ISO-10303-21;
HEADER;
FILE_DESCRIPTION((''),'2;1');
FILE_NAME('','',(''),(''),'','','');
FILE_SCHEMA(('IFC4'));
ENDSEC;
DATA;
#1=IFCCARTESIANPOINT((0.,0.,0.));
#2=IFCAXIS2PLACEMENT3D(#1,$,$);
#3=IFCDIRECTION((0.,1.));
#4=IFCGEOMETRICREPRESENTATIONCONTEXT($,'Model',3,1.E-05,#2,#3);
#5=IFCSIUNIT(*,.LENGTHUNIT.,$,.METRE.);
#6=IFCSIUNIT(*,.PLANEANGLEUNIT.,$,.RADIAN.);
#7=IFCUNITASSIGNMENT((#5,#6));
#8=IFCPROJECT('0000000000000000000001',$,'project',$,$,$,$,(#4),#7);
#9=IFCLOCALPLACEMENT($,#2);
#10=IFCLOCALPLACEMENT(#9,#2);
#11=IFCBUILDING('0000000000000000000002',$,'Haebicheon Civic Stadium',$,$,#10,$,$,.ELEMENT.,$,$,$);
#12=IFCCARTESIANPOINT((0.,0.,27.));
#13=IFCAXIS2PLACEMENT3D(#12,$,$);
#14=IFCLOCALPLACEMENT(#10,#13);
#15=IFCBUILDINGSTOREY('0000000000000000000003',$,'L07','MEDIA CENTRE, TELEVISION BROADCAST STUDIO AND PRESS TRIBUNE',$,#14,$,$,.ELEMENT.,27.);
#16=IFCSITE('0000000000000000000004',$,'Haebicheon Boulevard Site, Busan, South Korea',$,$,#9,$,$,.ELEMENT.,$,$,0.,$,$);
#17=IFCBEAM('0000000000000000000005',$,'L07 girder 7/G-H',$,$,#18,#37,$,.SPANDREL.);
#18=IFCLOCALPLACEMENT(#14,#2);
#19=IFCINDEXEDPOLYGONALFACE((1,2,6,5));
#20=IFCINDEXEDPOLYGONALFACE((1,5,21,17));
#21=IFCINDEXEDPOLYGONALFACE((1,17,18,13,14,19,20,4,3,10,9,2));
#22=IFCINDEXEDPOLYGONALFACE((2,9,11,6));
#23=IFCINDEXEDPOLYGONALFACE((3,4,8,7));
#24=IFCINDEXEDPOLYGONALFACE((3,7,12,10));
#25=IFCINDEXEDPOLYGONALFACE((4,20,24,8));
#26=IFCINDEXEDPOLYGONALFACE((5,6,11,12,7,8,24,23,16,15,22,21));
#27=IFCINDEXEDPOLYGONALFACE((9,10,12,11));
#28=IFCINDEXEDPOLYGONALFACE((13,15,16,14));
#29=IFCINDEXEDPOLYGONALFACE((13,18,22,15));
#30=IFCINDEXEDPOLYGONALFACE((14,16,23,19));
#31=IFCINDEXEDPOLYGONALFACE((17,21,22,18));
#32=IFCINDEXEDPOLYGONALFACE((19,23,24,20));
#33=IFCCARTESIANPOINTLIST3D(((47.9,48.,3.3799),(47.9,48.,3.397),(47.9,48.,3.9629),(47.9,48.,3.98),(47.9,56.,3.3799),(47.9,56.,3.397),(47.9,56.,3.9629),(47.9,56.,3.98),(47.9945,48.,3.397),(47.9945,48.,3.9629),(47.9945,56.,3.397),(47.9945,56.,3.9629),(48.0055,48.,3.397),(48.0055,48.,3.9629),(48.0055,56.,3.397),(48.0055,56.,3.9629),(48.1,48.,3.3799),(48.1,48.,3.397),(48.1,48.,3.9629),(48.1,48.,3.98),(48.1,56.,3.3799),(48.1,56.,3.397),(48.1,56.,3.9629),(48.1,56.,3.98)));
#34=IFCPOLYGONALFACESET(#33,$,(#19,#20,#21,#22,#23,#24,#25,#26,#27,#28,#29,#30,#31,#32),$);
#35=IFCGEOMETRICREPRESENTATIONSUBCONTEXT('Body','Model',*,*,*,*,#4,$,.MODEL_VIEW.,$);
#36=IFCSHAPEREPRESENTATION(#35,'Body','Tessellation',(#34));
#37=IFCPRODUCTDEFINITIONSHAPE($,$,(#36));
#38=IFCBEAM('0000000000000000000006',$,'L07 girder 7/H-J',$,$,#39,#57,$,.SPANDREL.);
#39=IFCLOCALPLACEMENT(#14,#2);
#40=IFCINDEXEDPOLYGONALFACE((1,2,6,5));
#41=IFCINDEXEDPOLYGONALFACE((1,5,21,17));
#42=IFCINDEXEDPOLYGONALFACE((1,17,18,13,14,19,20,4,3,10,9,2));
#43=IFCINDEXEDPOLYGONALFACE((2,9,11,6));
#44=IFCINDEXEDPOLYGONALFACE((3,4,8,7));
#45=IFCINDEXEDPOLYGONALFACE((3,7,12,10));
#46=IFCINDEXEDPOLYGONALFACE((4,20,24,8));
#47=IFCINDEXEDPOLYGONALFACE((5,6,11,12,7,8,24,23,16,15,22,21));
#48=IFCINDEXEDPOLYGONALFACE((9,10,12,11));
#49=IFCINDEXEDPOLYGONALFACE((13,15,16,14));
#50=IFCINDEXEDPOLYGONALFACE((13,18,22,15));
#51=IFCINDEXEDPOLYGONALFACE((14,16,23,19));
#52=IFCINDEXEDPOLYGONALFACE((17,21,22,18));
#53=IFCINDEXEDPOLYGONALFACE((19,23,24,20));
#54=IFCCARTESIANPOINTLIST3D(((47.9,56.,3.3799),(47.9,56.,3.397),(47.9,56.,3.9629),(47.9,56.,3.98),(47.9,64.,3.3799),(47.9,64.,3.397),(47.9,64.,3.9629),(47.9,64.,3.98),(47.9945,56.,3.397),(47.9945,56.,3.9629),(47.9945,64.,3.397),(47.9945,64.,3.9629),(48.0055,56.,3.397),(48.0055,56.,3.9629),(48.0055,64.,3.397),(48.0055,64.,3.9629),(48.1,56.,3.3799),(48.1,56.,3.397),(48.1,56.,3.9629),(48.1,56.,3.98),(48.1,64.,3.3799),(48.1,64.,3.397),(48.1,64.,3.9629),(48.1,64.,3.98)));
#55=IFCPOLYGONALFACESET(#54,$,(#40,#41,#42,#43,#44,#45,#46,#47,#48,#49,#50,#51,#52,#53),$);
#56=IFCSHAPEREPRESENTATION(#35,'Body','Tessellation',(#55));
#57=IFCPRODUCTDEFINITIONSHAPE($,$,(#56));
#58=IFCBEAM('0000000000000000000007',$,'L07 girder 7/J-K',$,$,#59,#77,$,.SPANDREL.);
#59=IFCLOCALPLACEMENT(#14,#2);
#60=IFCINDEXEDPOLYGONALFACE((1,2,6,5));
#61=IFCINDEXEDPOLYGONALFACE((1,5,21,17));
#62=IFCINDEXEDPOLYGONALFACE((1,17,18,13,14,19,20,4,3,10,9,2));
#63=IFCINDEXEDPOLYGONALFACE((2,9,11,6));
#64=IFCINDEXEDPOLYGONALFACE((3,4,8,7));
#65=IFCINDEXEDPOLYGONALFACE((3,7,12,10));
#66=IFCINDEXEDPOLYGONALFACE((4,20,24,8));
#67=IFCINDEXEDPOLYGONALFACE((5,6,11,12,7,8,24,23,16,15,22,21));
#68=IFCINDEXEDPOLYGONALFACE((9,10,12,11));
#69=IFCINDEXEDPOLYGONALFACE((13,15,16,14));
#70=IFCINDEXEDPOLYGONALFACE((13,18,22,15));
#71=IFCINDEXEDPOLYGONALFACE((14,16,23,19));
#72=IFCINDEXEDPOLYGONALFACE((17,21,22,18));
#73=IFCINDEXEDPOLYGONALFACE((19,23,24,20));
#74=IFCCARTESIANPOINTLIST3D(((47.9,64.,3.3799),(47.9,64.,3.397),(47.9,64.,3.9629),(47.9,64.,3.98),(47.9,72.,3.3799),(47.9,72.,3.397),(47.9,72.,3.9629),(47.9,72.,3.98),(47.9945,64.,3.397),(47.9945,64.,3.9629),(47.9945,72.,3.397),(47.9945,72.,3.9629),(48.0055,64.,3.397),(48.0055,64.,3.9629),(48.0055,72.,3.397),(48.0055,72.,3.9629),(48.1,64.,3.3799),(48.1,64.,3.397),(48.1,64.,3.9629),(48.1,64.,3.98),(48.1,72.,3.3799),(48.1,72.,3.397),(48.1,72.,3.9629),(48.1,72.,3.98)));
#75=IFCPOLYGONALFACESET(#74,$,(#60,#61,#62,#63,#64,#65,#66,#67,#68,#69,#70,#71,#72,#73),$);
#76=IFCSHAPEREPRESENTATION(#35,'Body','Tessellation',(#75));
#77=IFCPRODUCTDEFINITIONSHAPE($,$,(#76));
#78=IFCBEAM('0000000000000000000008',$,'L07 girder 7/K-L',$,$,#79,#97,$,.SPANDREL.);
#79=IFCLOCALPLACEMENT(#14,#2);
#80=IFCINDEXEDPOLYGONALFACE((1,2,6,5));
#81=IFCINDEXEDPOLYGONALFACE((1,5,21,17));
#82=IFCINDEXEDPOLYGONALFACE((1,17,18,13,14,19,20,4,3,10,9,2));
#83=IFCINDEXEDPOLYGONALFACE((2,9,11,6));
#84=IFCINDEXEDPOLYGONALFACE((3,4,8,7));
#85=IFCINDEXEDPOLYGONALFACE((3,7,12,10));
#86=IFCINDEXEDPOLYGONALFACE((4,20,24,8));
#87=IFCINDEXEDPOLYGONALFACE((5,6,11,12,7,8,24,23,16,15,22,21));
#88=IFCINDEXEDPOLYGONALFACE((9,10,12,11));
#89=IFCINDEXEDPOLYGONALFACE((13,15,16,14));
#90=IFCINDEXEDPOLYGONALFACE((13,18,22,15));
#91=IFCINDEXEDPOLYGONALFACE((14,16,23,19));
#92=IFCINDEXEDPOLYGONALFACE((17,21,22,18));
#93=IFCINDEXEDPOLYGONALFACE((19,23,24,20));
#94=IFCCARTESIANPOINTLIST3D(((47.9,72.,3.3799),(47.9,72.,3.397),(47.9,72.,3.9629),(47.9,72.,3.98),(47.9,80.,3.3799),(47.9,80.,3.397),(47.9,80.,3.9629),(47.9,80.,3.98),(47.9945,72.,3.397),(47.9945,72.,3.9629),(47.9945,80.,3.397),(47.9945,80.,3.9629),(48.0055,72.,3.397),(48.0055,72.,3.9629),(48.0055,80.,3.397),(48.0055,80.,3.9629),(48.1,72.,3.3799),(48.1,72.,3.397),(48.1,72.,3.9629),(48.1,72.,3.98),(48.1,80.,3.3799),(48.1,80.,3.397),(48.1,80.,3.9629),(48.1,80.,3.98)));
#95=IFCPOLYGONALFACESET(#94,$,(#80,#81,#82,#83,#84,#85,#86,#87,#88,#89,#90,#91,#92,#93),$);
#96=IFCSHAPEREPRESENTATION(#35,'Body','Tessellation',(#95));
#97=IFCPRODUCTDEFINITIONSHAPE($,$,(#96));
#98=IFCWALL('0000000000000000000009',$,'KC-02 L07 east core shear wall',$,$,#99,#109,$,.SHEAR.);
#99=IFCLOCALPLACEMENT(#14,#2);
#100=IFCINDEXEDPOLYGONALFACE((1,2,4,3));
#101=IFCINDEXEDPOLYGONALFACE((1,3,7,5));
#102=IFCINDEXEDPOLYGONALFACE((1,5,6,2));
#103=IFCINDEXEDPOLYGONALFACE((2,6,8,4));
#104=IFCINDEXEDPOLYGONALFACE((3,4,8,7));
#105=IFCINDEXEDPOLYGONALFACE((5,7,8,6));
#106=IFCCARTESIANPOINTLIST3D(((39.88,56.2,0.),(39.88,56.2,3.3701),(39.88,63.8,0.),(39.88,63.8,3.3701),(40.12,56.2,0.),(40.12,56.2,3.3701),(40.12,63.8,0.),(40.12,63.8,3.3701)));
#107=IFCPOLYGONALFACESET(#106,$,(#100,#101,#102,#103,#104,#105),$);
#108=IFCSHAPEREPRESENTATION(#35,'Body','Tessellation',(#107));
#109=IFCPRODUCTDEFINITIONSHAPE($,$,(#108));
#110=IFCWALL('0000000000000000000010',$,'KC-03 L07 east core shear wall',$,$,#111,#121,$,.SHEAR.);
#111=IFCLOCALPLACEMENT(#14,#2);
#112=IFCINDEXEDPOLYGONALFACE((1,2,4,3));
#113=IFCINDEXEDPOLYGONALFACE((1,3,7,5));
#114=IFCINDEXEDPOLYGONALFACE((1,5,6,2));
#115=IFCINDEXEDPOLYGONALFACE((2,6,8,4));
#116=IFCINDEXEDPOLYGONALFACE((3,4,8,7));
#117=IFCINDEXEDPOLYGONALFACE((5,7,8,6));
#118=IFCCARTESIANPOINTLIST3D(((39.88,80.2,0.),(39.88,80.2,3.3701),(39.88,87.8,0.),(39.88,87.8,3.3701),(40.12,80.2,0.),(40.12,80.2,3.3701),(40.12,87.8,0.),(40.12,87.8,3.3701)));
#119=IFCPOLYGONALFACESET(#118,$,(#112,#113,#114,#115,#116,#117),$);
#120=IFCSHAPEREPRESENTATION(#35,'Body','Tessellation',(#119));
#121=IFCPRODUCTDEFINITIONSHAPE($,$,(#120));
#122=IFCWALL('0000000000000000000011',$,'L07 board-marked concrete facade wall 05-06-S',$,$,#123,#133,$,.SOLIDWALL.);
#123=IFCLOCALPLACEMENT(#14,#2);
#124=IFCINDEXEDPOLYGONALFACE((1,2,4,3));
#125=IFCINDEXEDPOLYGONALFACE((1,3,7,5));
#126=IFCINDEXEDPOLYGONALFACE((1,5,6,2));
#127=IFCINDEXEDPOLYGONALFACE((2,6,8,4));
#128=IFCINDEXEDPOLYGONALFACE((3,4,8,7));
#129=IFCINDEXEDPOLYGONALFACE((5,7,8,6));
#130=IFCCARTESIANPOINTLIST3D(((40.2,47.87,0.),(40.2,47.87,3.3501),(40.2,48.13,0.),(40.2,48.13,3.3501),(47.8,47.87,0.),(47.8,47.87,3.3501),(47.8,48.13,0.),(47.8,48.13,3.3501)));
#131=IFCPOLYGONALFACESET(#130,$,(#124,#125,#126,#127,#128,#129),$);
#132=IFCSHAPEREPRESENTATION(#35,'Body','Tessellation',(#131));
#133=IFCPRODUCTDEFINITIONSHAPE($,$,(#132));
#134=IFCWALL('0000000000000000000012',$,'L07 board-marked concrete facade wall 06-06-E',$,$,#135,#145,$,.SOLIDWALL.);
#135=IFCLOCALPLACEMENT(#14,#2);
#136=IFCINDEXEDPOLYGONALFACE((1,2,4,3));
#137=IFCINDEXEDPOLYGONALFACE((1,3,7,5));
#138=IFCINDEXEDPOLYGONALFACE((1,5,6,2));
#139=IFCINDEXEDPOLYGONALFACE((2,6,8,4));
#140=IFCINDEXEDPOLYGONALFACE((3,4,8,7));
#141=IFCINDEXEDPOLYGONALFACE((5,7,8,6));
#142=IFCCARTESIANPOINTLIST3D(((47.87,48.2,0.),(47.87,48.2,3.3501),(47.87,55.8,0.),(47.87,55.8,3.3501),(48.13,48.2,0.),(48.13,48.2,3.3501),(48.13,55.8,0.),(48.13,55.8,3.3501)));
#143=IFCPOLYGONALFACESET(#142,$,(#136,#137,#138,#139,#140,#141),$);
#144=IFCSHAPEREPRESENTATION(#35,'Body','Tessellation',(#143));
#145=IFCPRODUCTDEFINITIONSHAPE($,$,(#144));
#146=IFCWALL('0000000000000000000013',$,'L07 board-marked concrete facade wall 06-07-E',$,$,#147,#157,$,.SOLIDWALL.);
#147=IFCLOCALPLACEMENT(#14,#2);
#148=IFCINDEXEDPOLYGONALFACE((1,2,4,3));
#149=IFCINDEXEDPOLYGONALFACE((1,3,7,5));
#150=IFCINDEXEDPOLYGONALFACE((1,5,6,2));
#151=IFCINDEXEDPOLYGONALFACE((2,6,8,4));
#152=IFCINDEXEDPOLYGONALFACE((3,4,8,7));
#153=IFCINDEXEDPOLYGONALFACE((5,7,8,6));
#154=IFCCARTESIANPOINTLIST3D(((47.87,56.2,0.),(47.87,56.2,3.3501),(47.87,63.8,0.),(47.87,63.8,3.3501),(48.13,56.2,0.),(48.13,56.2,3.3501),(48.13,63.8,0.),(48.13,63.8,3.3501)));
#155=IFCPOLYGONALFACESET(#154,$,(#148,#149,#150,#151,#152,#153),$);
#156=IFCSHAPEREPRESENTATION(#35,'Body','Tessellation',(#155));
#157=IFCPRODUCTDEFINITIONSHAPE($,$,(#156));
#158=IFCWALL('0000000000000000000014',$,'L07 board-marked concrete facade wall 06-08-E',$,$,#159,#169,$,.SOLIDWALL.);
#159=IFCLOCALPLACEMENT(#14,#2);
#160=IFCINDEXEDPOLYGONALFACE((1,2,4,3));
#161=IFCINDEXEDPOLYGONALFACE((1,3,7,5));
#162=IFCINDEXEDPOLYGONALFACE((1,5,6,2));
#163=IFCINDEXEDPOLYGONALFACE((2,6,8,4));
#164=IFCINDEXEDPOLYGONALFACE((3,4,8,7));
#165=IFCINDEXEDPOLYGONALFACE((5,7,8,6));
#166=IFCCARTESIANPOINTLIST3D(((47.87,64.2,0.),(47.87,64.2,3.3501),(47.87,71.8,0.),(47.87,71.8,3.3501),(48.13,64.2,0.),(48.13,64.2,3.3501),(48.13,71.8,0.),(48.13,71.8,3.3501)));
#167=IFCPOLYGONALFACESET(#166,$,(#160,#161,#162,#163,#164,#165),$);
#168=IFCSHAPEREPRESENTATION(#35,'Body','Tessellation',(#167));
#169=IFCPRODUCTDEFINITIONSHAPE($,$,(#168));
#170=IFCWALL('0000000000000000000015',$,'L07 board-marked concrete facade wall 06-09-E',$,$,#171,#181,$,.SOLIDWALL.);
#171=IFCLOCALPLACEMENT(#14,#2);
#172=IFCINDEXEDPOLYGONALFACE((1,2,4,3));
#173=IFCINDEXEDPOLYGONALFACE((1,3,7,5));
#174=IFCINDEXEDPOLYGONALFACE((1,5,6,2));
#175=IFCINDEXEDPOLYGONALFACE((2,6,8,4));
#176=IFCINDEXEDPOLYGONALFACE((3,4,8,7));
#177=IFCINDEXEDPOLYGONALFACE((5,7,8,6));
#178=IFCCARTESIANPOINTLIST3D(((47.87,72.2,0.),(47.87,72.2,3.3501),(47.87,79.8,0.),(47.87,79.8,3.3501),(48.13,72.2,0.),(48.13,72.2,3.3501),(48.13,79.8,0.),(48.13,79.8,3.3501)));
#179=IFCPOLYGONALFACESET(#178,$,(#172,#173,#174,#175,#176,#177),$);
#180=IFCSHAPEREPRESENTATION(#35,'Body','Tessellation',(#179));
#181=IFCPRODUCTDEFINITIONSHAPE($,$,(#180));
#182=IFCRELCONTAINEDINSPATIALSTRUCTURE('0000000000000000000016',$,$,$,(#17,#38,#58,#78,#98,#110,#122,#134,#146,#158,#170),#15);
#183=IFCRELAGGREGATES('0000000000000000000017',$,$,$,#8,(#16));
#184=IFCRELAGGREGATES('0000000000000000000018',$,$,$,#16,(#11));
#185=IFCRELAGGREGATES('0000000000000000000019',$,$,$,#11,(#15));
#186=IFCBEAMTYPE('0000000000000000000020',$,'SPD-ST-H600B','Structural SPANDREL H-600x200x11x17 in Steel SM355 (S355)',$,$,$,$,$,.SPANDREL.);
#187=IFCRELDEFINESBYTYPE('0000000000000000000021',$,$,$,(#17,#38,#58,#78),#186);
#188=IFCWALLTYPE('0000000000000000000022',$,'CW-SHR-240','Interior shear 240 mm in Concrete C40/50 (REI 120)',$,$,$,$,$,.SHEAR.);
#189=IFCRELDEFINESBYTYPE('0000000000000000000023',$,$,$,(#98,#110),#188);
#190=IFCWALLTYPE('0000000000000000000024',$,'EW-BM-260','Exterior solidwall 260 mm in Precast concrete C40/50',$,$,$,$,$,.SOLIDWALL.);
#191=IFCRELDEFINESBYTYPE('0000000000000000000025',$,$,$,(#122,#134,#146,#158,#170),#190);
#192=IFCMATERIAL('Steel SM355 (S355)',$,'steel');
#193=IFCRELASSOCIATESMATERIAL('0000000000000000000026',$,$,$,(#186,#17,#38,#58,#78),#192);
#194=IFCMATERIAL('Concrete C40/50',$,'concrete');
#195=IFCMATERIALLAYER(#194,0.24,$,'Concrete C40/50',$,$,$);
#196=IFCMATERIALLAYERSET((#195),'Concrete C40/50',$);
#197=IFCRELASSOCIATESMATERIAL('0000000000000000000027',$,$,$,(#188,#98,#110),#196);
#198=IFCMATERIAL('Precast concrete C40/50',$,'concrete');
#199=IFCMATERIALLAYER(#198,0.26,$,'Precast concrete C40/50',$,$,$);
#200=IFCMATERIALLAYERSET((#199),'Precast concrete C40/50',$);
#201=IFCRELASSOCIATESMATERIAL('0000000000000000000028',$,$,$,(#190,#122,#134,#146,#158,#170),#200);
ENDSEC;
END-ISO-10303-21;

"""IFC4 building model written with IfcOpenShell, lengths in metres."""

from ifc_helpers import new_model, si_unit, direction, frame, frame_2d, origin, origin_2d, place, context, subcontext, project, spatial, rectangle, i_section, extrude, material, layer, layer_set, material_profile, profile_set, type_object, element, save


model = new_model("IFC4")

# Units and contexts
model_context = context("Model", 3, precision=1e-05, world=origin(), true_north=direction((0.0, 1.0)))
body_context = subcontext(model_context, "Body", "Model", "MODEL_VIEW")
ifc_project = project(units=[si_unit("LENGTHUNIT", "METRE"), si_unit("PLANEANGLEUNIT", "RADIAN")], contexts=[model_context])

# Site, building, storey
site_placement = place(None, origin())
site = spatial("IfcSite", under=ifc_project, at=site_placement, Name="Haebicheon Boulevard Site, Busan, South Korea", CompositionType="ELEMENT", RefElevation=0.0)
building_placement = place(site_placement, origin())
building = spatial("IfcBuilding", under=site, at=building_placement, Name="Haebicheon Civic Stadium", CompositionType="ELEMENT")
storey_placement = place(building_placement, frame((0.0, 0.0, 27.0)))
storey = spatial("IfcBuildingStorey", under=building, at=storey_placement, Name="L07", Description="MEDIA CENTRE, TELEVISION BROADCAST STUDIO AND PRESS TRIBUNE", CompositionType="ELEMENT", Elevation=27.0)

# Beams
ifc_material_1 = material(Name="Steel SM355 (S355)", Category="steel")
ifc_material_profile_1 = material_profile(ifc_material_1, i_section(OverallWidth=0.2, OverallDepth=0.6001, WebThickness=0.011, FlangeThickness=0.0171, at=origin_2d()), Name="H-600x200x11x17")
ifc_profile_set_1 = profile_set([ifc_material_profile_1], Name="Steel SM355 (S355)")
beam_type_1 = type_object("IfcBeamType", Name="SPD-ST-H600B", Description="Structural SPANDREL H-600x200x11x17 in Steel SM355 (S355)", PredefinedType="SPANDREL", material=ifc_profile_set_1)
for number, where, z_axis, x_axis, name in (
    (1, (48.0, 48.0, 3.6799), (0.0, 1.0, 0.0), (-1.0, 0.0, 0.0), "L07 girder 7/G-H"),
    (2, (48.0, 56.0, 3.6799), (0.0, 1.0, 0.0), (-1.0, 0.0, 0.0), "L07 girder 7/H-J"),
    (3, (48.0, 64.0, 3.6799), (0.0, 1.0, 0.0), (-1.0, 0.0, 0.0), "L07 girder 7/J-K"),
    (4, (48.0, 72.0, 3.6799), (0.0, 1.0, 0.0), (-1.0, 0.0, 0.0), "L07 girder 7/K-L"),
):
    element("IfcBeam", number, at=place(storey_placement, frame(where, z_axis=z_axis, x_axis=x_axis)), inside=storey, type_object=beam_type_1, material=ifc_profile_set_1, Name=name, PredefinedType="SPANDREL", context=body_context, shape_type="SweptSolid", body=[
        extrude(i_section(OverallWidth=0.2, OverallDepth=0.6001, WebThickness=0.011, FlangeThickness=0.0171, at=origin_2d()), origin(), (0.0, 0.0, 1.0), 8.0),
    ])

# Walls
ifc_material_2 = material(Name="Concrete C40/50", Category="concrete")
ifc_layer_1 = layer(ifc_material_2, 0.24, Name="Concrete C40/50")
ifc_layer_set_1 = layer_set([ifc_layer_1], Name="Concrete C40/50")
wall_type_1 = type_object("IfcWallType", Name="CW-SHR-240", Description="Interior shear 240 mm in Concrete C40/50 (REI 120)", PredefinedType="SHEAR", material=ifc_layer_set_1)
for number, where, z_axis, x_axis, name in (
    (5, (40.0, 56.2, 0.0), (0.0, 0.0, 1.0), (0.0, 1.0, 0.0), "KC-02 L07 east core shear wall"),
    (6, (40.0, 80.2, 0.0), (0.0, 0.0, 1.0), (0.0, 1.0, 0.0), "KC-03 L07 east core shear wall"),
):
    element("IfcWall", number, at=place(storey_placement, frame(where, z_axis=z_axis, x_axis=x_axis)), inside=storey, type_object=wall_type_1, material=ifc_layer_set_1, Name=name, PredefinedType="SHEAR", context=body_context, shape_type="SweptSolid", body=[
        extrude(rectangle(XDim=7.6001, YDim=0.24, at=frame_2d((3.8, 0.0))), origin(), (0.0, 0.0, 1.0), 3.3701),
    ])
ifc_material_3 = material(Name="Precast concrete C40/50", Category="concrete")
ifc_layer_2 = layer(ifc_material_3, 0.26, Name="Precast concrete C40/50")
ifc_layer_set_2 = layer_set([ifc_layer_2], Name="Precast concrete C40/50")
wall_type_2 = type_object("IfcWallType", Name="EW-BM-260", Description="Exterior solidwall 260 mm in Precast concrete C40/50", PredefinedType="SOLIDWALL", material=ifc_layer_set_2)
for number, where, z_axis, x_axis, name in (
    (7, (40.2, 48.0, 0.0), (0.0, 0.0, 1.0), (1.0, 0.0, 0.0), "L07 board-marked concrete facade wall 05-06-S"),
    (8, (48.0, 48.2, 0.0), (0.0, 0.0, 1.0), (0.0, 1.0, 0.0), "L07 board-marked concrete facade wall 06-06-E"),
    (9, (48.0, 56.2, 0.0), (0.0, 0.0, 1.0), (0.0, 1.0, 0.0), "L07 board-marked concrete facade wall 06-07-E"),
    (10, (48.0, 64.2, 0.0), (0.0, 0.0, 1.0), (0.0, 1.0, 0.0), "L07 board-marked concrete facade wall 06-08-E"),
    (11, (48.0, 72.2, 0.0), (0.0, 0.0, 1.0), (0.0, 1.0, 0.0), "L07 board-marked concrete facade wall 06-09-E"),
):
    element("IfcWall", number, at=place(storey_placement, frame(where, z_axis=z_axis, x_axis=x_axis)), inside=storey, type_object=wall_type_2, material=ifc_layer_set_2, Name=name, PredefinedType="SOLIDWALL", context=body_context, shape_type="SweptSolid", body=[
        extrude(rectangle(XDim=7.6001, YDim=0.26, at=frame_2d((3.8, 0.0))), origin(), (0.0, 0.0, 1.0), 3.3501),
    ])

save(model, "model.ifc")
